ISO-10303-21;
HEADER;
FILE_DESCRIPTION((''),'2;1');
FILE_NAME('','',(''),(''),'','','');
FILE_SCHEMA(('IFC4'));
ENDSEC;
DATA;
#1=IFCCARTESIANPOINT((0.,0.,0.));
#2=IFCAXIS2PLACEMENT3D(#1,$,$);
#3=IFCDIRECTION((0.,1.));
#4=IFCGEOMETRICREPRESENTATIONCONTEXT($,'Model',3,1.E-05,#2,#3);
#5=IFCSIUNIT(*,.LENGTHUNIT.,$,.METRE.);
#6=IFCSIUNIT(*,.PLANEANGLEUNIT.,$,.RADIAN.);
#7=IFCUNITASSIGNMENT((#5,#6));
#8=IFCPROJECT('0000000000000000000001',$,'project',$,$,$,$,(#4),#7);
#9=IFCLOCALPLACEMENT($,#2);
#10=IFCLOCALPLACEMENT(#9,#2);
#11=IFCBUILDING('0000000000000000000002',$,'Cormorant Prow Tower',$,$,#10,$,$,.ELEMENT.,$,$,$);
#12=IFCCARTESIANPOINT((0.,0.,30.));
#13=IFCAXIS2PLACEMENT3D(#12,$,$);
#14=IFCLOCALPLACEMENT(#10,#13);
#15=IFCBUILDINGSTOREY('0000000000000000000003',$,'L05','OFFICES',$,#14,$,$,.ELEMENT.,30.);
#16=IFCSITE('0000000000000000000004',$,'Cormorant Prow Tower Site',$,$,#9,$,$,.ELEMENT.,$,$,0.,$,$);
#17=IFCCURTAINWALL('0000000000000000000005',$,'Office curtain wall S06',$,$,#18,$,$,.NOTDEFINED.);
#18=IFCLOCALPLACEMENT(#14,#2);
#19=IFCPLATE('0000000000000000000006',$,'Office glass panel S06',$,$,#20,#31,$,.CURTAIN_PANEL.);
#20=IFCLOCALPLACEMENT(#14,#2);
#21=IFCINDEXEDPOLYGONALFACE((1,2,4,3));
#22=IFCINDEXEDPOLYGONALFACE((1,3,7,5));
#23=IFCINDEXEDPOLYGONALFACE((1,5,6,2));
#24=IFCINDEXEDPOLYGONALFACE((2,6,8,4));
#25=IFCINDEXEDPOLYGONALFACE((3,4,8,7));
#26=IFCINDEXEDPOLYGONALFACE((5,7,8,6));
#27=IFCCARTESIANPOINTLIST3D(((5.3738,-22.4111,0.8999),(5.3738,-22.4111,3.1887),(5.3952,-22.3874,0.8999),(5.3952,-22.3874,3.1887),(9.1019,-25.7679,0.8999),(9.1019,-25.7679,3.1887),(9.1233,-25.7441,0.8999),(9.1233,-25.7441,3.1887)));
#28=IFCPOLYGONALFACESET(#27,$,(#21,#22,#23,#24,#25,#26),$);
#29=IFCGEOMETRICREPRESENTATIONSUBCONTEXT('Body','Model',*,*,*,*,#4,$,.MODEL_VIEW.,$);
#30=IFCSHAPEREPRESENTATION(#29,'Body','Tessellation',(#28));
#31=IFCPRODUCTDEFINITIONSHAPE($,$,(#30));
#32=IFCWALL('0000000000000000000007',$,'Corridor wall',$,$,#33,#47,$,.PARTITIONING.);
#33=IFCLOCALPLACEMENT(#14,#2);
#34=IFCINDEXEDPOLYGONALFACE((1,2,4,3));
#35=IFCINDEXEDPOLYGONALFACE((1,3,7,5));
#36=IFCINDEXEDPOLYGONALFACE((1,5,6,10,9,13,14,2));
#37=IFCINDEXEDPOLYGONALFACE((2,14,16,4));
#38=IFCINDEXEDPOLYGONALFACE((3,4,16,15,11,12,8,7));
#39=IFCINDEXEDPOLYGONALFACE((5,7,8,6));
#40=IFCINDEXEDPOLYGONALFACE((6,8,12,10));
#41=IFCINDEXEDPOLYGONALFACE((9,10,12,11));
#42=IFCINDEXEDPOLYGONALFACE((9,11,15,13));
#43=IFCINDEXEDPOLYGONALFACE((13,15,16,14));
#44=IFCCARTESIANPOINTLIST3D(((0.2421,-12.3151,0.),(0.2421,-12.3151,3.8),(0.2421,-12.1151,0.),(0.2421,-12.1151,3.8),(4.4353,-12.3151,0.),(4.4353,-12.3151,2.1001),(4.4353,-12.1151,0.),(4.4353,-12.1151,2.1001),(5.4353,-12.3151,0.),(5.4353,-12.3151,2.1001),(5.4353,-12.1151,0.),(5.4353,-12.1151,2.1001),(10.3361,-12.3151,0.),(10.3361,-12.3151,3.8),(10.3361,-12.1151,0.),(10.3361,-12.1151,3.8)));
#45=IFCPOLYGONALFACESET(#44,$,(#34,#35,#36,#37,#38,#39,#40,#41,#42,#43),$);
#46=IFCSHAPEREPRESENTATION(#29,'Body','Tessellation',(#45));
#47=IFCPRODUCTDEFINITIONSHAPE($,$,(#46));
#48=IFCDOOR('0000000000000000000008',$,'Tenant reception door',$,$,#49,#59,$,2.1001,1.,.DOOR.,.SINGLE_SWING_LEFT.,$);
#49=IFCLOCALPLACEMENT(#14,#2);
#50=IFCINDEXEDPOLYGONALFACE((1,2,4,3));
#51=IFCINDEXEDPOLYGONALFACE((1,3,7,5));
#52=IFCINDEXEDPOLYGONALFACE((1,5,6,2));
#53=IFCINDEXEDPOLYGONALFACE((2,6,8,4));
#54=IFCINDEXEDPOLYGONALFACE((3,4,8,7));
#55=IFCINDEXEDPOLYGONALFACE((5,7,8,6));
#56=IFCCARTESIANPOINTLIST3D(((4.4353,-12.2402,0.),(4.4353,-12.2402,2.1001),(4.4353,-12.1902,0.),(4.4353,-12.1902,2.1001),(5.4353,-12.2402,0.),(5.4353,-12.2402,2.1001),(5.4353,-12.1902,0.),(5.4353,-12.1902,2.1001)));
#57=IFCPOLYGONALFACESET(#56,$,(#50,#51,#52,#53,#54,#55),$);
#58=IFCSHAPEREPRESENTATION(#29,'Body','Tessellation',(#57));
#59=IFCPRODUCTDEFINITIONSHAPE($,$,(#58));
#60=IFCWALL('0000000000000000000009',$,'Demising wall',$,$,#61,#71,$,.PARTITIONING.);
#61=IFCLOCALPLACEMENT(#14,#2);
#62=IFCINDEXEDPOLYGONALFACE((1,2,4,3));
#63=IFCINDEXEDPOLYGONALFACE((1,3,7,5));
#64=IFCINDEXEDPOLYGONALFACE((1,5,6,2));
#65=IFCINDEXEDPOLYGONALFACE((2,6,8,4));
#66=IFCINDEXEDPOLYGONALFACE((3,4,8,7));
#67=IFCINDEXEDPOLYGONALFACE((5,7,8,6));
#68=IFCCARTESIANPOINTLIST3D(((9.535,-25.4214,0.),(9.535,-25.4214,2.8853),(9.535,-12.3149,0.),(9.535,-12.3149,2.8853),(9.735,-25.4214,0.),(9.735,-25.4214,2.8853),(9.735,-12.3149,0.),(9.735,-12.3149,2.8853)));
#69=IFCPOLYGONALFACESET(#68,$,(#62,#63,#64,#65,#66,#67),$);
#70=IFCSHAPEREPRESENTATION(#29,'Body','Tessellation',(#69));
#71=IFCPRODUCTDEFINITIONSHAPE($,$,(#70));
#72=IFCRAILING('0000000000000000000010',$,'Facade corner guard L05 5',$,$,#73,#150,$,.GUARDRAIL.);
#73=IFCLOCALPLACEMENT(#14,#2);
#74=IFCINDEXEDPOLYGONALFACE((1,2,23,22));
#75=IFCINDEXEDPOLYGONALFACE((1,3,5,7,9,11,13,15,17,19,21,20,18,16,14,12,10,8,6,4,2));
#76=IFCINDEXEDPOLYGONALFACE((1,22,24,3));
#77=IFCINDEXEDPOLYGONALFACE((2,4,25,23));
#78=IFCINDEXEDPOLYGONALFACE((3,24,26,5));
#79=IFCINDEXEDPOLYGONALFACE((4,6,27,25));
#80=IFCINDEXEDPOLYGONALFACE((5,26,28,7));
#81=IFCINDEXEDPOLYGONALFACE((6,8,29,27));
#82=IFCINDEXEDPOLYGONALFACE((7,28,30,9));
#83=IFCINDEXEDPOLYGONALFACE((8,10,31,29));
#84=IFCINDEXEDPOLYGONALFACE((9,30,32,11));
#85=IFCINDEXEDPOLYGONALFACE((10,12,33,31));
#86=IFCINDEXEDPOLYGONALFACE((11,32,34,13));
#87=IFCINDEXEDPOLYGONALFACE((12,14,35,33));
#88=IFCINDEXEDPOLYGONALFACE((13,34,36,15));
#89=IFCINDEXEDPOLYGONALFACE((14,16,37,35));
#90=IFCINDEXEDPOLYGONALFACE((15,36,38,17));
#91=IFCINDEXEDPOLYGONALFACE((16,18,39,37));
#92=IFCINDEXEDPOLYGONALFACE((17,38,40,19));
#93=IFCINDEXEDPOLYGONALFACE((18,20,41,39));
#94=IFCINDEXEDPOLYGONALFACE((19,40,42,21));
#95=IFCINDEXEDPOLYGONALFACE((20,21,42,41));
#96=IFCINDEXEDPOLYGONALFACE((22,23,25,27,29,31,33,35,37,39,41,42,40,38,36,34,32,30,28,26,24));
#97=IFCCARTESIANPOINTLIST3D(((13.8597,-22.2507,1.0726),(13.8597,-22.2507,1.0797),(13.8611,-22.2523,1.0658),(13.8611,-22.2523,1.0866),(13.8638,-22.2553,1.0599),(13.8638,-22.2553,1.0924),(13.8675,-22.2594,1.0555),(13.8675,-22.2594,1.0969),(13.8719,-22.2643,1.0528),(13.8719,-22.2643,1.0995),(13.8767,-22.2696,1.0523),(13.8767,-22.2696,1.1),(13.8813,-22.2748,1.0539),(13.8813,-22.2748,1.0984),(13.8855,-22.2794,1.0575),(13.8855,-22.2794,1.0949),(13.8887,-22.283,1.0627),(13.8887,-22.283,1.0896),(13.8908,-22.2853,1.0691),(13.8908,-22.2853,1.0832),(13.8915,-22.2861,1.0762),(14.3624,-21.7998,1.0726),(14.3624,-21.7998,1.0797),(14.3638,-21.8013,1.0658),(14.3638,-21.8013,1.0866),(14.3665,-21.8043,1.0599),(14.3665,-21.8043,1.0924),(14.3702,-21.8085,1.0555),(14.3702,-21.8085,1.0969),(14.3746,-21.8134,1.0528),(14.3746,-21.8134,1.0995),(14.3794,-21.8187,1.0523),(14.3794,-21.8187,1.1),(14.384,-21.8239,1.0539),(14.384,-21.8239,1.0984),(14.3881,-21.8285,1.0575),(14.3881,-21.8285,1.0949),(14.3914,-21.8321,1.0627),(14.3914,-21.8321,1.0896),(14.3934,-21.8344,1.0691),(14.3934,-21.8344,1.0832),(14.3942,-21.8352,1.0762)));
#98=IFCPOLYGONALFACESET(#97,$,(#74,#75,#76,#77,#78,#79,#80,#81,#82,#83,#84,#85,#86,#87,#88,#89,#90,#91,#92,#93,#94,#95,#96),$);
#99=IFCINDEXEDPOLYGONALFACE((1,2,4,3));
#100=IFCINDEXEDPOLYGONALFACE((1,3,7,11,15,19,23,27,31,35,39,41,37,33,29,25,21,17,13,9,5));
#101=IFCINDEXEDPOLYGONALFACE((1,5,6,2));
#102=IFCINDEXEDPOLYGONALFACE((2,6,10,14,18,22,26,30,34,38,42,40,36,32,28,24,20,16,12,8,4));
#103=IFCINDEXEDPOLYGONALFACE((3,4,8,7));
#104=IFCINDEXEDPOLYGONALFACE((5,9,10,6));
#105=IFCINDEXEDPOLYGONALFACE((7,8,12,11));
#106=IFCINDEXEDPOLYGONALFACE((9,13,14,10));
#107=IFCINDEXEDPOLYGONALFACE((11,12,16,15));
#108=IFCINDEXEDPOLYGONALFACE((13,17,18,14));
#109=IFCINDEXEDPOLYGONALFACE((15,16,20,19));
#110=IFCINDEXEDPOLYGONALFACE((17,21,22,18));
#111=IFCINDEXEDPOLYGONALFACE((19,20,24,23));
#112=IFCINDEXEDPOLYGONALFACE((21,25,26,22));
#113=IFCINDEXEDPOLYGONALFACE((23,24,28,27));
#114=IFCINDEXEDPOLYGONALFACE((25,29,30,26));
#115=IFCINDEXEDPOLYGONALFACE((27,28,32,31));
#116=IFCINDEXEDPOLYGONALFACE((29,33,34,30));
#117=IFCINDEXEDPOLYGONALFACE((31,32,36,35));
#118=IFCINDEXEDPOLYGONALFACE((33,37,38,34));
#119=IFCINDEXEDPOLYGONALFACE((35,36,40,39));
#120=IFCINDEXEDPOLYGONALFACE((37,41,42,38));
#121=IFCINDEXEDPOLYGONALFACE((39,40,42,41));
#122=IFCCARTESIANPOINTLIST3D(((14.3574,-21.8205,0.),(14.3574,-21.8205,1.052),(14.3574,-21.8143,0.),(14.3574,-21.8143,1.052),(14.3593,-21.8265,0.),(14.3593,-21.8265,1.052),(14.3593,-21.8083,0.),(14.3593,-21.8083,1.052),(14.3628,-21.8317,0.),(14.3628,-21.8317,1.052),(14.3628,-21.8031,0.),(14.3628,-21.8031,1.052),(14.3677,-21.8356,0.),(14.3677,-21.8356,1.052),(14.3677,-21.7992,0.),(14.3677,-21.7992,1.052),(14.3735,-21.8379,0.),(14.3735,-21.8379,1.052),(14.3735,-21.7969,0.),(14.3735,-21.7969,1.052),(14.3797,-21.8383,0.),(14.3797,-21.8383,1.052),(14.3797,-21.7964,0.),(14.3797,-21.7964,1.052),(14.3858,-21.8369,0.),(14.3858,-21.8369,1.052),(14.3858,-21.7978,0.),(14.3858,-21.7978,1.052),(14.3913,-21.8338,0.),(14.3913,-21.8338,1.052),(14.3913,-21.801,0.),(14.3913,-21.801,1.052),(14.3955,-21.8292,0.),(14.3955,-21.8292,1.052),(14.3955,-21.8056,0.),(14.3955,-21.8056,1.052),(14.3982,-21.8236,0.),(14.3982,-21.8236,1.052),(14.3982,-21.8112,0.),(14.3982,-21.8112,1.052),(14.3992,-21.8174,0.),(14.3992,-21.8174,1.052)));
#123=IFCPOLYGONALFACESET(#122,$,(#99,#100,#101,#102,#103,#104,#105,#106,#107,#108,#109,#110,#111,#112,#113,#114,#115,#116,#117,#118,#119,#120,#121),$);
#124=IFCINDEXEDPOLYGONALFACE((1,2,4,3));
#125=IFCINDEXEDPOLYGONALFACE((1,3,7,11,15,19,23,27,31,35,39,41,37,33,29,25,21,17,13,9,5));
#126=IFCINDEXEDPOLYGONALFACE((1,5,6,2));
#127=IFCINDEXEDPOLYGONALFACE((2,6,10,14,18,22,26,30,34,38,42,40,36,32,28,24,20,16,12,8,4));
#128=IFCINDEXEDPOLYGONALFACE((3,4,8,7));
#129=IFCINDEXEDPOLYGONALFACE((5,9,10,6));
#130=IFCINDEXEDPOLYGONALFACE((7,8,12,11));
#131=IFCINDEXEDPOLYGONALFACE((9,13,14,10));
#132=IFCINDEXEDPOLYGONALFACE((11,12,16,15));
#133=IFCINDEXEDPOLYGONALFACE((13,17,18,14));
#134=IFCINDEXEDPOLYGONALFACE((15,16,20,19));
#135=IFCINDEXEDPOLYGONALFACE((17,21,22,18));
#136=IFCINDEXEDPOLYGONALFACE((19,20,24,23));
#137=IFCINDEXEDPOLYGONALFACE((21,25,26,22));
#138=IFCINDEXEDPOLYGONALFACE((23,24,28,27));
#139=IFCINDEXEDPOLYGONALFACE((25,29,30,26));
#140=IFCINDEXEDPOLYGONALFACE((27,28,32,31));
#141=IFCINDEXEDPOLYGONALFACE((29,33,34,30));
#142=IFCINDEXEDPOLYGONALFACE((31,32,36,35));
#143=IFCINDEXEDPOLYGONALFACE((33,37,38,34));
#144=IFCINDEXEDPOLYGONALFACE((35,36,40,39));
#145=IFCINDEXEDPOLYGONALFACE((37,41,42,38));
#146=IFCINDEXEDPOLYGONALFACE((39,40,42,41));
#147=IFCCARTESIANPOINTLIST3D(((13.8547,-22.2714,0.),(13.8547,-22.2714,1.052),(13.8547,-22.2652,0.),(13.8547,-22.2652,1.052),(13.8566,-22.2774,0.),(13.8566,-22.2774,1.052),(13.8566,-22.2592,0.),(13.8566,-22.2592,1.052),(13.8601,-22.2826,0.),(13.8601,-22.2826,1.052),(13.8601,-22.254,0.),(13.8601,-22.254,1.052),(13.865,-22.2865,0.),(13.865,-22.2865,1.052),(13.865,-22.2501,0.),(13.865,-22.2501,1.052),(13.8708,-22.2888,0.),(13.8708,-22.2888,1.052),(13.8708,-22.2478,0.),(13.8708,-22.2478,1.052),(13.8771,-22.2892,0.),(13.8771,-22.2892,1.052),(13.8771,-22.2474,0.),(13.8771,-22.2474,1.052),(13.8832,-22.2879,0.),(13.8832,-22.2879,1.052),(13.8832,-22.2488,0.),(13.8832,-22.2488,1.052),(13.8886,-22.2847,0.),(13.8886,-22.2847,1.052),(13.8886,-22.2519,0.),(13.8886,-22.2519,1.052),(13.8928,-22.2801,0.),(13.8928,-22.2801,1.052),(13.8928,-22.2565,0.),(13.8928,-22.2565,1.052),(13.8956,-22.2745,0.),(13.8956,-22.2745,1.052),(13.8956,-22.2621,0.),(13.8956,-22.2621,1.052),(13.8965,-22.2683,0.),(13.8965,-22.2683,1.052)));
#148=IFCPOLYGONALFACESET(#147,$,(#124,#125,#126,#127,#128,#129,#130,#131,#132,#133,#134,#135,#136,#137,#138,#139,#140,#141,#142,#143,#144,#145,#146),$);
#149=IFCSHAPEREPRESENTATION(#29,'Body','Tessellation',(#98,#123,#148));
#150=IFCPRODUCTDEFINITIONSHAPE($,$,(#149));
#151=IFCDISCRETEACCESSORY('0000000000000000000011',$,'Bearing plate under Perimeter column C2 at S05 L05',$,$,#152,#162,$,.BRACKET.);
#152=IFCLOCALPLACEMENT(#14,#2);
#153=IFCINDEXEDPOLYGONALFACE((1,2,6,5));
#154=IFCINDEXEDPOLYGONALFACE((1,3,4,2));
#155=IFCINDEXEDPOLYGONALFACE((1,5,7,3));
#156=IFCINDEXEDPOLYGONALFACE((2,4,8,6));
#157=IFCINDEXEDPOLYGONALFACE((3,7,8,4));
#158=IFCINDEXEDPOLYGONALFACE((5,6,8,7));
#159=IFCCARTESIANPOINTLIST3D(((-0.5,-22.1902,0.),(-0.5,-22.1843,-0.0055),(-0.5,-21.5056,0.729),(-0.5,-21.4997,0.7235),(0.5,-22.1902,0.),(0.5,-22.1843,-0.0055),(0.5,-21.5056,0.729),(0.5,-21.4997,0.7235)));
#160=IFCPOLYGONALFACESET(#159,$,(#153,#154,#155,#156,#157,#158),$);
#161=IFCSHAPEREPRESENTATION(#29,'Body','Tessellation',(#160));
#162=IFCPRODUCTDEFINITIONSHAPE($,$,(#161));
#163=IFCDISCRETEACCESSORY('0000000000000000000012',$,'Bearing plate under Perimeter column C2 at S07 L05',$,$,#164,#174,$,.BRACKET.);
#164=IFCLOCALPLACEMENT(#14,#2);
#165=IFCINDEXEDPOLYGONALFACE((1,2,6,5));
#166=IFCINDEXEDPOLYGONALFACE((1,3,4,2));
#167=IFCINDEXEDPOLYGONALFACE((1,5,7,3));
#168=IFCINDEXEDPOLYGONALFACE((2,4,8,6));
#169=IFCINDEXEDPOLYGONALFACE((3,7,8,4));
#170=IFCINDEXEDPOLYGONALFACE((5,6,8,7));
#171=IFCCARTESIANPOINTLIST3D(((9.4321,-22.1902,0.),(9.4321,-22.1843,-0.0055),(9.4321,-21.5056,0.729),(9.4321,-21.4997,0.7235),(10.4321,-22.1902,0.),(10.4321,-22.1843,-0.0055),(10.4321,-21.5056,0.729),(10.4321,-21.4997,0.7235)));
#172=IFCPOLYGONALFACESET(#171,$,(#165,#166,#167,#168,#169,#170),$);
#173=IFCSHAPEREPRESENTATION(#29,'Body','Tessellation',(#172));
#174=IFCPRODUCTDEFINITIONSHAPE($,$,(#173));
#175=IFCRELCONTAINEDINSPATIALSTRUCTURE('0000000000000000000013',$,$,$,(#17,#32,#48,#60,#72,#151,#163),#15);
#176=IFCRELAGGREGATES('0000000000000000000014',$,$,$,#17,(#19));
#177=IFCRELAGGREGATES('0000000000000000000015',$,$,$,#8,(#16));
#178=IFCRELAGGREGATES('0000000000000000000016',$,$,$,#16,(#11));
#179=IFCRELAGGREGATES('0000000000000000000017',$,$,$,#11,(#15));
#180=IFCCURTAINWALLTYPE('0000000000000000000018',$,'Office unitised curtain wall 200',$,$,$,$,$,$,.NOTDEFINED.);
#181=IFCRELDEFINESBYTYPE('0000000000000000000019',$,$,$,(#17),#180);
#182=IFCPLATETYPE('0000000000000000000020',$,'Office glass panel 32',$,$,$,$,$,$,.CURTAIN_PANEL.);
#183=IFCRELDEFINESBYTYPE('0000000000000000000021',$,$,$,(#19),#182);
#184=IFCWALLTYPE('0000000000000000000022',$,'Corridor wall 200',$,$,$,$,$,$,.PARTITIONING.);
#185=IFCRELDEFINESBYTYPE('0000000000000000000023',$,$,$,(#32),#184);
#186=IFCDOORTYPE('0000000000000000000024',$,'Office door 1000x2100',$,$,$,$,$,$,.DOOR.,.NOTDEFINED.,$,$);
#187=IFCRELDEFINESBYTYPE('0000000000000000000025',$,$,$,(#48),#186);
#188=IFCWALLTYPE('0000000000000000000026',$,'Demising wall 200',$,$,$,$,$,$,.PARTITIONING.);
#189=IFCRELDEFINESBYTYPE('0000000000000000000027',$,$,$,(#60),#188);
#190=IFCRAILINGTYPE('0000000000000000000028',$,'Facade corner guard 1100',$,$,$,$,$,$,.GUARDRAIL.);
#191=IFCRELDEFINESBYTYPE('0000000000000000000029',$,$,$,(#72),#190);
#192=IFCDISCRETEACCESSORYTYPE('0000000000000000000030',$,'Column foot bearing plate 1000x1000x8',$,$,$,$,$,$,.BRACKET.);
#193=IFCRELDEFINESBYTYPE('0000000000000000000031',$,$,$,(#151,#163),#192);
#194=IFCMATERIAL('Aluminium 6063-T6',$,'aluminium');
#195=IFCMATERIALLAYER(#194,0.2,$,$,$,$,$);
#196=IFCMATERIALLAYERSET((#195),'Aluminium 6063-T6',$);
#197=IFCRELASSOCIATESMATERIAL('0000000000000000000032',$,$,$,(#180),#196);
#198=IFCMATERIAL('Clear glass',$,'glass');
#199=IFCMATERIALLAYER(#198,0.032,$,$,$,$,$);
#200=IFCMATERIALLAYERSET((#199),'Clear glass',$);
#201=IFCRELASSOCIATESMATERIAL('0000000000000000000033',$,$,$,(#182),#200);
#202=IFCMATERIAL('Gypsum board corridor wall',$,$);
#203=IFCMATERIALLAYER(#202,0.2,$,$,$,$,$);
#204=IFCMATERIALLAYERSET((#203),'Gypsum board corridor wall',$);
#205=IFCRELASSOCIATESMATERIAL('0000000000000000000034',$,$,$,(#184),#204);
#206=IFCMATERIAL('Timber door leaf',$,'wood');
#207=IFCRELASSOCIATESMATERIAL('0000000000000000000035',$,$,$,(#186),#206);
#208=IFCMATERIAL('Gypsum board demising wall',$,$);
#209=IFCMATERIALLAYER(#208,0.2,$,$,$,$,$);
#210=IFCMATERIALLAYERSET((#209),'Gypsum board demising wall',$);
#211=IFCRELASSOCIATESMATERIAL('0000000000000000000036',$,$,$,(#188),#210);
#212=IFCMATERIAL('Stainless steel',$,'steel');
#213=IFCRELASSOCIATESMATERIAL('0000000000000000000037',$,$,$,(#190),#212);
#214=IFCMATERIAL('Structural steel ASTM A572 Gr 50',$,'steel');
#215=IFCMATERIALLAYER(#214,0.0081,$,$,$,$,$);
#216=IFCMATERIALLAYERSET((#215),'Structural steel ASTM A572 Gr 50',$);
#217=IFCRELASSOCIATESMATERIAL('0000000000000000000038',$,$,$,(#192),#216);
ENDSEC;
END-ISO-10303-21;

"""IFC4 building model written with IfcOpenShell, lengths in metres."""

from ifc_helpers import new_model, si_unit, direction, frame, frame_2d, origin, origin_2d, place, context, subcontext, project, spatial, polyline, rectangle, circle, outline, extrude, material, layer, layer_set, type_object, element, fill, aggregate, save


model = new_model("IFC4")

# Units and contexts
model_context = context("Model", 3, precision=1e-05, world=origin(), true_north=direction((0.0, 1.0)))
body_context = subcontext(model_context, "Body", "Model", "MODEL_VIEW")
ifc_project = project(units=[si_unit("LENGTHUNIT", "METRE"), si_unit("PLANEANGLEUNIT", "RADIAN")], contexts=[model_context])

# Site, building, storey
site_placement = place(None, origin())
site = spatial("IfcSite", under=ifc_project, at=site_placement, Name="Cormorant Prow Tower Site", CompositionType="ELEMENT", RefElevation=0.0)
building_placement = place(site_placement, origin())
building = spatial("IfcBuilding", under=site, at=building_placement, Name="Cormorant Prow Tower", CompositionType="ELEMENT")
storey_placement = place(building_placement, frame((0.0, 0.0, 30.0)))
storey = spatial("IfcBuildingStorey", under=building, at=storey_placement, Name="L05", Description="OFFICES", CompositionType="ELEMENT", Elevation=30.0)

# Curtain wall
ifc_material_1 = material(Name="Aluminium 6063-T6", Category="aluminium")
ifc_layer_1 = layer(ifc_material_1, 0.2)
ifc_layer_set_1 = layer_set([ifc_layer_1], Name="Aluminium 6063-T6")
curtain_wall_type = type_object("IfcCurtainWallType", Name="Office unitised curtain wall 200", PredefinedType="NOTDEFINED", material=ifc_layer_set_1)
curtain_wall_1_placement = place(storey_placement, origin())
curtain_wall_1 = element("IfcCurtainWall", 1, at=curtain_wall_1_placement, inside=storey, type_object=curtain_wall_type, Name="Office curtain wall S06", PredefinedType="NOTDEFINED")

# Plate
ifc_material_2 = material(Name="Clear glass", Category="glass")
ifc_layer_2 = layer(ifc_material_2, 0.032)
ifc_layer_set_2 = layer_set([ifc_layer_2], Name="Clear glass")
plate_type = type_object("IfcPlateType", Name="Office glass panel 32", PredefinedType="CURTAIN_PANEL", material=ifc_layer_set_2)
plate_placement = place(storey_placement, frame((7.2485, -24.0776, 0.8999), z_axis=(0.0, 0.0, 1.0), x_axis=(0.743145, -0.669131, 0.0)))
plate = element("IfcPlate", 2, at=plate_placement, type_object=plate_type, Name="Office glass panel S06", PredefinedType="CURTAIN_PANEL", context=body_context, shape_type="SweptSolid", body=[
    extrude(rectangle(XDim=5.0166, YDim=0.032, at=origin_2d()), origin(), (0.0, 0.0, 1.0), 2.2888),
])
aggregate(curtain_wall_1, [plate])

# Wall, opening, door
ifc_material_3 = material(Name="Gypsum board corridor wall")
ifc_layer_3 = layer(ifc_material_3, 0.2)
ifc_layer_set_3 = layer_set([ifc_layer_3], Name="Gypsum board corridor wall")
wall_type_1 = type_object("IfcWallType", Name="Corridor wall 200", PredefinedType="PARTITIONING", material=ifc_layer_set_3)
wall_1_placement = place(storey_placement, frame((0.2422, -12.2151, 0.0), z_axis=(0.0, 0.0, 1.0), x_axis=(1.0, 0.0, 0.0)))
wall_1 = element("IfcWall", 3, at=wall_1_placement, inside=storey, type_object=wall_type_1, Name="Corridor wall", PredefinedType="PARTITIONING", context=body_context, shape_type="SweptSolid", body=[
    extrude(rectangle(XDim=10.094, YDim=0.2, at=frame_2d((5.0469, 0.0))), origin(), (0.0, 0.0, 1.0), 3.8),
])
opening_1_placement = place(wall_1_placement, frame((4.1931, 0.0, 0.0)))
opening_1 = element("IfcOpeningElement", 4, at=opening_1_placement, cuts=wall_1, PredefinedType="OPENING", context=body_context, shape_type="SweptSolid", body=[
    extrude(rectangle(XDim=1.0, YDim=2.1001, at=frame_2d((0.5, 1.05))), frame((0.0, 0.1099, 0.0), z_axis=(0.0, -1.0, 0.0), x_axis=(1.0, 0.0, 0.0)), (0.0, 0.0, 1.0), 0.22),
])
ifc_material_4 = material(Name="Timber door leaf", Category="wood")
door_type_1 = type_object("IfcDoorType", Name="Office door 1000x2100", OperationType="NOTDEFINED", PredefinedType="DOOR", material=ifc_material_4)
door_1_placement = place(opening_1_placement, origin())
door_1 = element("IfcDoor", 5, at=door_1_placement, inside=storey, type_object=door_type_1, Name="Tenant reception door", OperationType="SINGLE_SWING_LEFT", OverallHeight=2.1001, OverallWidth=1.0, PredefinedType="DOOR", context=body_context, shape_type="SweptSolid", body=[
    extrude(rectangle(XDim=1.0, YDim=2.1001, at=frame_2d((0.5, 1.05))), frame((0.0, 0.0249, 0.0), z_axis=(0.0, -1.0, 0.0), x_axis=(1.0, 0.0, 0.0)), (0.0, 0.0, 1.0), 0.05),
])
fill(opening_1, door_1)

# Wall
ifc_material_5 = material(Name="Gypsum board demising wall")
ifc_layer_4 = layer(ifc_material_5, 0.2)
ifc_layer_set_4 = layer_set([ifc_layer_4], Name="Gypsum board demising wall")
wall_type_2 = type_object("IfcWallType", Name="Demising wall 200", PredefinedType="PARTITIONING", material=ifc_layer_set_4)
wall_2_placement = place(storey_placement, frame((9.635, -25.4214, 0.0), z_axis=(0.0, 0.0, 1.0), x_axis=(0.0, 1.0, 0.0)))
element("IfcWall", 6, at=wall_2_placement, inside=storey, type_object=wall_type_2, Name="Demising wall", PredefinedType="PARTITIONING", context=body_context, shape_type="SweptSolid", body=[
    extrude(rectangle(XDim=13.1064, YDim=0.2, at=frame_2d((6.5532, 0.0))), origin(), (0.0, 0.0, 1.0), 2.8853),
])

# Railing
ifc_material_6 = material(Name="Stainless steel", Category="steel")
railing_type = type_object("IfcRailingType", Name="Facade corner guard 1100", PredefinedType="GUARDRAIL", material=ifc_material_6)
railing_placement = place(storey_placement, frame((14.3782, -21.8174, 0.0)))
element("IfcRailing", 7, at=railing_placement, inside=storey, type_object=railing_type, Name="Facade corner guard L05 5", PredefinedType="GUARDRAIL", context=body_context, shape_type="SweptSolid", body=[
    extrude(circle(Radius=0.0239, at=origin_2d()), frame((0.0, 0.0, 1.0762), z_axis=(-0.74439, -0.667745, 0.0), x_axis=(0.667745, -0.74439, 0.0)), (0.0, 0.0, 1.0), 0.6753),
    extrude(circle(Radius=0.021, at=origin_2d()), origin(), (0.0, 0.0, 1.0), 1.052),
    extrude(circle(Radius=0.021, at=origin_2d()), frame((-0.5027, -0.4509, 0.0)), (0.0, 0.0, 1.0), 1.052),
])

# Discrete accessories
ifc_material_7 = material(Name="Structural steel ASTM A572 Gr 50", Category="steel")
ifc_layer_5 = layer(ifc_material_7, 0.0081)
ifc_layer_set_5 = layer_set([ifc_layer_5], Name="Structural steel ASTM A572 Gr 50")
discrete_accessory_type = type_object("IfcDiscreteAccessoryType", Name="Column foot bearing plate 1000x1000x8", PredefinedType="BRACKET", material=ifc_layer_set_5)
for number, where, z_axis, x_axis, name in (
    (8, (0.5, -21.5056, 0.729), (0.0, -0.728974, 0.684542), (-1.0, 0.0, 0.0), "Bearing plate under Perimeter column C2 at S05 L05"),
    (9, (10.4321, -21.5056, 0.729), (0.0, -0.728974, 0.684542), (-1.0, 0.0, 0.0), "Bearing plate under Perimeter column C2 at S07 L05"),
):
    element("IfcDiscreteAccessory", number, at=place(storey_placement, frame(where, z_axis=z_axis, x_axis=x_axis)), inside=storey, type_object=discrete_accessory_type, Name=name, PredefinedType="BRACKET", context=body_context, shape_type="SweptSolid", body=[
        extrude(outline(polyline([(0.0, 0.0), (1.0, 0.0), (1.0, 1.0), (0.0, 1.0), (0.0, 0.0)])), origin(), (0.0, 0.0, -1.0), 0.0081),
    ])

save(model, "model.ifc")
